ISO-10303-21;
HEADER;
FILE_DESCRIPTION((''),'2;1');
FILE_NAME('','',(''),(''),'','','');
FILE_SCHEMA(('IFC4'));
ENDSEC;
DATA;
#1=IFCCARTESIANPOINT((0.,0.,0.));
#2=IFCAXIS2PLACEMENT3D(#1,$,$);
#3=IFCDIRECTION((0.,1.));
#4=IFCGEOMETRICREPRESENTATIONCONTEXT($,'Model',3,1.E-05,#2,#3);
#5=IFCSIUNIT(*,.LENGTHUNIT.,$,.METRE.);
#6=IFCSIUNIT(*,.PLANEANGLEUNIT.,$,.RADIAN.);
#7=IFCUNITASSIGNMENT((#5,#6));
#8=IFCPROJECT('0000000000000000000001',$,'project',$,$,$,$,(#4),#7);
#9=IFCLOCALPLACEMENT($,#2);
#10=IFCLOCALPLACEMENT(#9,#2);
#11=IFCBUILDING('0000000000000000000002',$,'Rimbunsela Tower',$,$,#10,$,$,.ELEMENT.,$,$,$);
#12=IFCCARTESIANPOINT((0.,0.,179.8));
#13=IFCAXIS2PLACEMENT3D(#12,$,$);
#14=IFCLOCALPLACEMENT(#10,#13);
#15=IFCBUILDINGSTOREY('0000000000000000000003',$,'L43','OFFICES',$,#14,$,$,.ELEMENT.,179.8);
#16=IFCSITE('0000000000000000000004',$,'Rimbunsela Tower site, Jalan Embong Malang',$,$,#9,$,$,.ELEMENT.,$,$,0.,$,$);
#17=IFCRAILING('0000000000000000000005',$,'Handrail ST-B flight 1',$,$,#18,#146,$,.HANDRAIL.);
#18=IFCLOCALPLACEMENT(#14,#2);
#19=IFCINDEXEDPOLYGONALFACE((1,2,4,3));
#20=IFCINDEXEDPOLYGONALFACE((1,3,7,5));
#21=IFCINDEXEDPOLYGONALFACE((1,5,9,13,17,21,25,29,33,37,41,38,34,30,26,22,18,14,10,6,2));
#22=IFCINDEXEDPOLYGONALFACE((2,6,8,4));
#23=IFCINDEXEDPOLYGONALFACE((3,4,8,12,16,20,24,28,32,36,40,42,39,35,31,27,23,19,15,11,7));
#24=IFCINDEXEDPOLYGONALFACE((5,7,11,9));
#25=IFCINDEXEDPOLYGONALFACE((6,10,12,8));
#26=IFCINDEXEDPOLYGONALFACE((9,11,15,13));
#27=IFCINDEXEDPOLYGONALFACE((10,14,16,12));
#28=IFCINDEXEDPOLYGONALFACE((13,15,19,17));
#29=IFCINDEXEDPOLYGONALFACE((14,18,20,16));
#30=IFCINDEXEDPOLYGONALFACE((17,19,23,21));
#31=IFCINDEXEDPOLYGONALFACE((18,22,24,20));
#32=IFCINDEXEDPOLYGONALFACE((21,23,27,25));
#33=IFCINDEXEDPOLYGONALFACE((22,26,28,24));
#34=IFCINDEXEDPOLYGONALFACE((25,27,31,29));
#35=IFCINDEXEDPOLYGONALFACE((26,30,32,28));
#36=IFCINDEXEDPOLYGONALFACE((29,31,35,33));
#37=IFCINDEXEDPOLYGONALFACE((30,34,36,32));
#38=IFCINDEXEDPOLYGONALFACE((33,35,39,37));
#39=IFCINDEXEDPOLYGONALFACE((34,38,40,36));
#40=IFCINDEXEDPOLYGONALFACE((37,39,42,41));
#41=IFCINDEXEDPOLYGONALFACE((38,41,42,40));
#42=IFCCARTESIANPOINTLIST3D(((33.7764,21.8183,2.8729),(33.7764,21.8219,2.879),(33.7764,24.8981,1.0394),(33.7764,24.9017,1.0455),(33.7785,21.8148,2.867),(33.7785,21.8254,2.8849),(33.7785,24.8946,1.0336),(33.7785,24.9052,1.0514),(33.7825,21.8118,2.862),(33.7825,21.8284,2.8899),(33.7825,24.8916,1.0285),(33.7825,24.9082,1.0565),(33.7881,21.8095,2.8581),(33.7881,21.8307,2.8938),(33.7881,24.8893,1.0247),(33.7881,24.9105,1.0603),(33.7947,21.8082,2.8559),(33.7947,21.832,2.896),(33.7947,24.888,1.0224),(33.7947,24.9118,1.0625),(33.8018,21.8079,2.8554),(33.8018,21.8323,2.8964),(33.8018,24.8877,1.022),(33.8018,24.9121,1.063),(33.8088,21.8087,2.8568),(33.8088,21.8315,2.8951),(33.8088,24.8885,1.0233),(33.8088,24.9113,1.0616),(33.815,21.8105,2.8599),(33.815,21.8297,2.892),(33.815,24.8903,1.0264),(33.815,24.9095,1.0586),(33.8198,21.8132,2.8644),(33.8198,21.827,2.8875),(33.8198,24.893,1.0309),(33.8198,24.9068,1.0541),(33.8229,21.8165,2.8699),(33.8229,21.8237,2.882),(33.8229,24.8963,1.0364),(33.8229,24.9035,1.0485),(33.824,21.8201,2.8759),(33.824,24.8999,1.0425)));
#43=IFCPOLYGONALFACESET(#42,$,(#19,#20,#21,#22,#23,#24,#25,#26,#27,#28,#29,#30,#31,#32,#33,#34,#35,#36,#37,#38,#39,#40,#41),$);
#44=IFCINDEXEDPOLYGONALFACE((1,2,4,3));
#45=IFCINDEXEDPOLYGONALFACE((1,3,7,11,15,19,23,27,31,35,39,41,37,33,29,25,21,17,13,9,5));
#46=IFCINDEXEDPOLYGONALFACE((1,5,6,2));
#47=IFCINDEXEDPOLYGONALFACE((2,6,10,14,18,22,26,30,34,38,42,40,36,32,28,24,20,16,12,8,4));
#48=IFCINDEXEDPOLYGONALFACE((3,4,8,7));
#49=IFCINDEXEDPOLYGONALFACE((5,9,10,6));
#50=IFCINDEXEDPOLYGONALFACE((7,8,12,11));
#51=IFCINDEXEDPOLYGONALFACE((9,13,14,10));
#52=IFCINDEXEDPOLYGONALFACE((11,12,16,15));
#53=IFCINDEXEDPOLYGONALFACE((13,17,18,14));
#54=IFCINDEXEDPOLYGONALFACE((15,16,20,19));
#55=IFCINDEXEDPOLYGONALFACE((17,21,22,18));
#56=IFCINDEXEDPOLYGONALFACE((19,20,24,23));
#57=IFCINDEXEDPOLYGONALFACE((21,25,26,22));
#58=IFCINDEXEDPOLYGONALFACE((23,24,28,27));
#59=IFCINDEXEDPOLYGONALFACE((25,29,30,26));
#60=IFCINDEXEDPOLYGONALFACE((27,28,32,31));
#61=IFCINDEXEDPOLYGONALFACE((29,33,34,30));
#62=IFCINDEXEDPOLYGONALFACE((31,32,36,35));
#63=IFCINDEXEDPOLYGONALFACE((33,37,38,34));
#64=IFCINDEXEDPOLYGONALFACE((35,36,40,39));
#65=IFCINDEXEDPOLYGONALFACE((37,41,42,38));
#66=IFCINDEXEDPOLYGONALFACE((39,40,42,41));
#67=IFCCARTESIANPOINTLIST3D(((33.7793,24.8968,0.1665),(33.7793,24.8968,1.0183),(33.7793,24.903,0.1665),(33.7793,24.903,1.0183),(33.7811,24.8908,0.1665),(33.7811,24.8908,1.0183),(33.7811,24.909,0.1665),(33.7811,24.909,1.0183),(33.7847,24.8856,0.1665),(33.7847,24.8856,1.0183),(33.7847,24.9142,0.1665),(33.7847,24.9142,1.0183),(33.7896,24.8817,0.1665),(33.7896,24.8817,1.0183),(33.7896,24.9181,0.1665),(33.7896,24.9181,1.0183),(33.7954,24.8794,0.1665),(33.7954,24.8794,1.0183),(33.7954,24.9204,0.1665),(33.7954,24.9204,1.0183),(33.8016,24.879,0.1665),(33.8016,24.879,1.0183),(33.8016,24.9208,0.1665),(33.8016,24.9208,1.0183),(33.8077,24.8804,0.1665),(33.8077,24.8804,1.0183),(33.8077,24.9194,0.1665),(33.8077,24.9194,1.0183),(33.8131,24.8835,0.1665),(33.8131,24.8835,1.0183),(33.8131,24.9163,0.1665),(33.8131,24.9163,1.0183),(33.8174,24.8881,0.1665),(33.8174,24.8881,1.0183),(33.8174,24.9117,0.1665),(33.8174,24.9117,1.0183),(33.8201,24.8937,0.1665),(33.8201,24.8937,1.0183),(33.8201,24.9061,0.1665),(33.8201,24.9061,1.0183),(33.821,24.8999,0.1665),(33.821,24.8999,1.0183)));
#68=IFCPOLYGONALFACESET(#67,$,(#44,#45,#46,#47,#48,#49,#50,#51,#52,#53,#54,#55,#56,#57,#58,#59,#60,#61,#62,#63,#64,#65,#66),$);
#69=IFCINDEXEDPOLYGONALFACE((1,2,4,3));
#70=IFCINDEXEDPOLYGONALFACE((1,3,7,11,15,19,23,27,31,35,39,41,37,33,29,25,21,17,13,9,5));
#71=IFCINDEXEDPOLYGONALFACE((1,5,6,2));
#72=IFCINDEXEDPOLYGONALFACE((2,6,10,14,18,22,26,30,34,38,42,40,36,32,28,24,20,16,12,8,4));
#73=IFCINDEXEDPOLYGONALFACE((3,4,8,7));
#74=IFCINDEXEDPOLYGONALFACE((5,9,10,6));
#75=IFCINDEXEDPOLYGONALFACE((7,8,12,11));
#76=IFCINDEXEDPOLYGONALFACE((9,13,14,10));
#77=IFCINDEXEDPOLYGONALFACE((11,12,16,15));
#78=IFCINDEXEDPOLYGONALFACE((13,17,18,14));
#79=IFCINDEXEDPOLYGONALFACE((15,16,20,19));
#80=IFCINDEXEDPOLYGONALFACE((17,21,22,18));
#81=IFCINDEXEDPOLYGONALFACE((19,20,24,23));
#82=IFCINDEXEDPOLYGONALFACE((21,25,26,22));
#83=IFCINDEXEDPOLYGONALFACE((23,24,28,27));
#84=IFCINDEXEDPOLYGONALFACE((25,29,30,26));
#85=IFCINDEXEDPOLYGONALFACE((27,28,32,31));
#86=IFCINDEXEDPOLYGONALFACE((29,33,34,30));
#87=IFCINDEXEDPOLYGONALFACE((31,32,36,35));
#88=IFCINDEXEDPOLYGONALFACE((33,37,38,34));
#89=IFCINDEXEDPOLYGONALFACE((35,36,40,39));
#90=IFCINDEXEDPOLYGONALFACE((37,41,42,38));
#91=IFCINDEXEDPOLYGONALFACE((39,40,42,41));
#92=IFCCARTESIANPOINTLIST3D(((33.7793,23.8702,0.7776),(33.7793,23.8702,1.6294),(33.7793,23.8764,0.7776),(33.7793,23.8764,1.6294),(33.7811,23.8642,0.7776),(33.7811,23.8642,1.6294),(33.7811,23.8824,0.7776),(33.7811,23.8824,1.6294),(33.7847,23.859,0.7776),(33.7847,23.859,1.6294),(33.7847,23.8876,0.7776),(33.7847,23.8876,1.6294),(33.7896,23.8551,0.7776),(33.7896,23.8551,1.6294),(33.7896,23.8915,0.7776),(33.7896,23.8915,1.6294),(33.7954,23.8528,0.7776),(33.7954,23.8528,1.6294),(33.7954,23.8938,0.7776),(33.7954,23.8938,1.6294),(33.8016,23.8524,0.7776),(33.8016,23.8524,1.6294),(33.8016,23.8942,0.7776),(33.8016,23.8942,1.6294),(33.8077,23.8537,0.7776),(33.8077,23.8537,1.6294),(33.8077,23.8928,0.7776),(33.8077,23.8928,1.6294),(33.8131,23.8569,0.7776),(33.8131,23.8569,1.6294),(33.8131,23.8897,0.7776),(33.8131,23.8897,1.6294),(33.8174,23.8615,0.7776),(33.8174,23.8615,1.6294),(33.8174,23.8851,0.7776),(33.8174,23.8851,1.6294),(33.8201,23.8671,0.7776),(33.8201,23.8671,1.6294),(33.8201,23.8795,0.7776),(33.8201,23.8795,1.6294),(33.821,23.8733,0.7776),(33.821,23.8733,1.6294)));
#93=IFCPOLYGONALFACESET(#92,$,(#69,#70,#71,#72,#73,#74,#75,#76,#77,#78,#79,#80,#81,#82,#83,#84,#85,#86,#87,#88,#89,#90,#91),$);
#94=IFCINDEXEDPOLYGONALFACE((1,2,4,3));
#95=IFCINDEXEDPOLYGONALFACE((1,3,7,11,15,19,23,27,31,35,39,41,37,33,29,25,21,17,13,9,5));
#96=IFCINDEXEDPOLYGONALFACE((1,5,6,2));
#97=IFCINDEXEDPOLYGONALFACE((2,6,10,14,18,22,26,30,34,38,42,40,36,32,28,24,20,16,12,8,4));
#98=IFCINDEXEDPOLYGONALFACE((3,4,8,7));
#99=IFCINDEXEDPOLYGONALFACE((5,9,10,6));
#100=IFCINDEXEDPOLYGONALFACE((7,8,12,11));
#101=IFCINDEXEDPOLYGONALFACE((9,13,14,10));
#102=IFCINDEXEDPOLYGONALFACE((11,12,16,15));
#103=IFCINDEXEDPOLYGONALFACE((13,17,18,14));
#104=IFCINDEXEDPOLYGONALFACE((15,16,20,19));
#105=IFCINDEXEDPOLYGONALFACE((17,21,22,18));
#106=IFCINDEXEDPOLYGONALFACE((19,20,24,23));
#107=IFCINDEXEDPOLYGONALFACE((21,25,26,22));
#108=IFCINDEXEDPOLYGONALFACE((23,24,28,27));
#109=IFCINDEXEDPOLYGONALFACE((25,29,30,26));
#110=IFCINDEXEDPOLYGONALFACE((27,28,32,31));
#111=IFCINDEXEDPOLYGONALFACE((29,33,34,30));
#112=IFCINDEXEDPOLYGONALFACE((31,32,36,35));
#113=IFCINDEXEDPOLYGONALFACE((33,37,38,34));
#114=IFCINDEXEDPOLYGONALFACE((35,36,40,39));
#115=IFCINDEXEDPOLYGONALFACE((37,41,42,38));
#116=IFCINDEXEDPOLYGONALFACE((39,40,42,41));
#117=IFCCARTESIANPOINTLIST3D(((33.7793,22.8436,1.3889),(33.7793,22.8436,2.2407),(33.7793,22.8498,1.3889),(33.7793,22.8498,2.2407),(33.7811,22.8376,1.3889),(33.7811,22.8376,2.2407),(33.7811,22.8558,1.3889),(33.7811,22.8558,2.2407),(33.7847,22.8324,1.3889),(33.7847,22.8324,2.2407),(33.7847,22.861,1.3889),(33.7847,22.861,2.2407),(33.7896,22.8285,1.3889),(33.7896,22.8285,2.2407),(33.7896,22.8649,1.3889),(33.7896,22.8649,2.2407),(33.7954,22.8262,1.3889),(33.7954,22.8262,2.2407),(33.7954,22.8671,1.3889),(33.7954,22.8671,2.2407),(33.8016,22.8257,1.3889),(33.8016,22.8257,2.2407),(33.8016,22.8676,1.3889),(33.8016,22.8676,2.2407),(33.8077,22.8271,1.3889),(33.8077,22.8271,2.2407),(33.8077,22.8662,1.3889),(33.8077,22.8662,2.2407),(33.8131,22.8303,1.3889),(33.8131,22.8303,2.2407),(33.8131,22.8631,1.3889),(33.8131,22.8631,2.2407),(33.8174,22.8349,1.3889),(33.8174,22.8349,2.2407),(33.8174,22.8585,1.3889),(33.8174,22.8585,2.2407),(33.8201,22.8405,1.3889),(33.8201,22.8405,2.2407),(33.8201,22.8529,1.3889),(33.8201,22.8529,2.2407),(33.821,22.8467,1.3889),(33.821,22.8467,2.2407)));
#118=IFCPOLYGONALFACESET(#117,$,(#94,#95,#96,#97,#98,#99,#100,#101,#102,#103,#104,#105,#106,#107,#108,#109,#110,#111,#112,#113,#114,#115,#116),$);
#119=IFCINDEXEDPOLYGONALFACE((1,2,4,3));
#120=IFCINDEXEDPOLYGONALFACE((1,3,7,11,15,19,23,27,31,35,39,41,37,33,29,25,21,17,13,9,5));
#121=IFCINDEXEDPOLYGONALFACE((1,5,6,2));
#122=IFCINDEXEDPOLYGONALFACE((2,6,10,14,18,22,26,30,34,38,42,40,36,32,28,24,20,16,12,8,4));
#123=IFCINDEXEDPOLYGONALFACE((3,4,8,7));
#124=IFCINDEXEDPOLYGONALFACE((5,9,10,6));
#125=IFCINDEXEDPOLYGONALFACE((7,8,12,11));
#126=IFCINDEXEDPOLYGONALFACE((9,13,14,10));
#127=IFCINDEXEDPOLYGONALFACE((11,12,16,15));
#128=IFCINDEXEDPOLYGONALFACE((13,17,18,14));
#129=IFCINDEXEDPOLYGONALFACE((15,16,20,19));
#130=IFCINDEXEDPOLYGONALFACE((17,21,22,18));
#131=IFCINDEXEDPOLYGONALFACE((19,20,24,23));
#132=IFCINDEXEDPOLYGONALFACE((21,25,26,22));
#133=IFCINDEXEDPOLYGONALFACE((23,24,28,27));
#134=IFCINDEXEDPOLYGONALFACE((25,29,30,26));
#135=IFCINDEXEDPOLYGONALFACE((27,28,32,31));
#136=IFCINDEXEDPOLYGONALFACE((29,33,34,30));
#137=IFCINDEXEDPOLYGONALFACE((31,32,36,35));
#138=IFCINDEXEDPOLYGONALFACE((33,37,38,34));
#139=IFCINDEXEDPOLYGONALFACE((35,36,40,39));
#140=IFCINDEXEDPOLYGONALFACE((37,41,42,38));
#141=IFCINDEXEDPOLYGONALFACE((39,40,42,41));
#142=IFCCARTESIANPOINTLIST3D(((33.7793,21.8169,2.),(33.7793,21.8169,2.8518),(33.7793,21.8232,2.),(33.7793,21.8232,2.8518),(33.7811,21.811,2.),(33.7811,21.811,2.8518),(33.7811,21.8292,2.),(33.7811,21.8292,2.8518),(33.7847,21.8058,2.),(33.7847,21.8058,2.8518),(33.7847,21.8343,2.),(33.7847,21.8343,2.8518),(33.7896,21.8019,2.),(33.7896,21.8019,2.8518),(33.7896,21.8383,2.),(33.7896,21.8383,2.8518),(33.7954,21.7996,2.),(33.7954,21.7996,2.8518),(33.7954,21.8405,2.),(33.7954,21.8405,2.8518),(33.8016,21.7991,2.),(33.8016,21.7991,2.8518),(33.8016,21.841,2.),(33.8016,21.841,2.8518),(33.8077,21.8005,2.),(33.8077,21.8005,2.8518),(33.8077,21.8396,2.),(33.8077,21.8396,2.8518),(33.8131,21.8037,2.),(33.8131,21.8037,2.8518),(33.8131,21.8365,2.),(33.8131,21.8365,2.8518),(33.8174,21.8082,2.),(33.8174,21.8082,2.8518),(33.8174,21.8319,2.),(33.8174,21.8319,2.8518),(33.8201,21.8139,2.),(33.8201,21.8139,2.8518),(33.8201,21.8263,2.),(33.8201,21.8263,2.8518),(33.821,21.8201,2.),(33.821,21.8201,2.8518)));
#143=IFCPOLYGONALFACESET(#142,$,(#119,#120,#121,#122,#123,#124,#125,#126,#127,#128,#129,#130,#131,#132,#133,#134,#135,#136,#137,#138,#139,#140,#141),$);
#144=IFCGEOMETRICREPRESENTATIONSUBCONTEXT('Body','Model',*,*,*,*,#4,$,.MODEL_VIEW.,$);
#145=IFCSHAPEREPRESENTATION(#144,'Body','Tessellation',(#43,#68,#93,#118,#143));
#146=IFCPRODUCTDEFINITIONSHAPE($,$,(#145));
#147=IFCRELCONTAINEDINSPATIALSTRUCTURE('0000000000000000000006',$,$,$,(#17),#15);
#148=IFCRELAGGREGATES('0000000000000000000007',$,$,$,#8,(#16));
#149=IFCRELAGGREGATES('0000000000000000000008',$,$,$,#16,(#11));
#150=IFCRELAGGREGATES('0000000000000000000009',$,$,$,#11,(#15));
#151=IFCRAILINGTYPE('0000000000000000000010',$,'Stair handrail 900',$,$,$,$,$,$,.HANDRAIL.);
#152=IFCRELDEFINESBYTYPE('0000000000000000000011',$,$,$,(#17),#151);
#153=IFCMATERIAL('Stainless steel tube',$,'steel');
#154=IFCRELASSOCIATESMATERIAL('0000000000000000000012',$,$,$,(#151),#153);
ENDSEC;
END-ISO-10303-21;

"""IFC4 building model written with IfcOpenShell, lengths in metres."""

from ifc_helpers import new_model, si_unit, direction, frame, origin, origin_2d, place, context, subcontext, project, spatial, circle, extrude, material, type_object, element, save


model = new_model("IFC4")

# Units and contexts
model_context = context("Model", 3, precision=1e-05, world=origin(), true_north=direction((0.0, 1.0)))
body_context = subcontext(model_context, "Body", "Model", "MODEL_VIEW")
ifc_project = project(units=[si_unit("LENGTHUNIT", "METRE"), si_unit("PLANEANGLEUNIT", "RADIAN")], contexts=[model_context])

# Site, building, storey
site_placement = place(None, origin())
site = spatial("IfcSite", under=ifc_project, at=site_placement, Name="Rimbunsela Tower site, Jalan Embong Malang", CompositionType="ELEMENT", RefElevation=0.0)
building_placement = place(site_placement, origin())
building = spatial("IfcBuilding", under=site, at=building_placement, Name="Rimbunsela Tower", CompositionType="ELEMENT")
storey_placement = place(building_placement, frame((0.0, 0.0, 179.8)))
storey = spatial("IfcBuildingStorey", under=building, at=storey_placement, Name="L43", Description="OFFICES", CompositionType="ELEMENT", Elevation=179.8)

# Railing
ifc_material_1 = material(Name="Stainless steel tube", Category="steel")
railing_type = type_object("IfcRailingType", Name="Stair handrail 900", PredefinedType="HANDRAIL", material=ifc_material_1)
for number, where, name in (
    (1, (33.8, 24.8999, 0.1665), "Handrail ST-B flight 1"),
):
    element("IfcRailing", number, at=place(storey_placement, frame(where)), inside=storey, type_object=railing_type, Name=name, PredefinedType="HANDRAIL", context=body_context, shape_type="SweptSolid", body=[
        extrude(circle(Radius=0.0239, at=origin_2d()), frame((0.0, 0.0, 0.876), z_axis=(0.0, -0.859261, 0.511538), x_axis=(1.0, 0.0, 0.0)), (0.0, 0.0, 1.0), 3.5842),
        extrude(circle(Radius=0.021, at=origin_2d()), origin(), (0.0, 0.0, 1.0), 0.8518),
        extrude(circle(Radius=0.021, at=origin_2d()), frame((0.0, -1.0266, 0.6111)), (0.0, 0.0, 1.0), 0.8518),
        extrude(circle(Radius=0.021, at=origin_2d()), frame((0.0, -2.0532, 1.2224)), (0.0, 0.0, 1.0), 0.8518),
        extrude(circle(Radius=0.021, at=origin_2d()), frame((0.0, -3.0798, 1.8335)), (0.0, 0.0, 1.0), 0.8518),
    ])

save(model, "model.ifc")
